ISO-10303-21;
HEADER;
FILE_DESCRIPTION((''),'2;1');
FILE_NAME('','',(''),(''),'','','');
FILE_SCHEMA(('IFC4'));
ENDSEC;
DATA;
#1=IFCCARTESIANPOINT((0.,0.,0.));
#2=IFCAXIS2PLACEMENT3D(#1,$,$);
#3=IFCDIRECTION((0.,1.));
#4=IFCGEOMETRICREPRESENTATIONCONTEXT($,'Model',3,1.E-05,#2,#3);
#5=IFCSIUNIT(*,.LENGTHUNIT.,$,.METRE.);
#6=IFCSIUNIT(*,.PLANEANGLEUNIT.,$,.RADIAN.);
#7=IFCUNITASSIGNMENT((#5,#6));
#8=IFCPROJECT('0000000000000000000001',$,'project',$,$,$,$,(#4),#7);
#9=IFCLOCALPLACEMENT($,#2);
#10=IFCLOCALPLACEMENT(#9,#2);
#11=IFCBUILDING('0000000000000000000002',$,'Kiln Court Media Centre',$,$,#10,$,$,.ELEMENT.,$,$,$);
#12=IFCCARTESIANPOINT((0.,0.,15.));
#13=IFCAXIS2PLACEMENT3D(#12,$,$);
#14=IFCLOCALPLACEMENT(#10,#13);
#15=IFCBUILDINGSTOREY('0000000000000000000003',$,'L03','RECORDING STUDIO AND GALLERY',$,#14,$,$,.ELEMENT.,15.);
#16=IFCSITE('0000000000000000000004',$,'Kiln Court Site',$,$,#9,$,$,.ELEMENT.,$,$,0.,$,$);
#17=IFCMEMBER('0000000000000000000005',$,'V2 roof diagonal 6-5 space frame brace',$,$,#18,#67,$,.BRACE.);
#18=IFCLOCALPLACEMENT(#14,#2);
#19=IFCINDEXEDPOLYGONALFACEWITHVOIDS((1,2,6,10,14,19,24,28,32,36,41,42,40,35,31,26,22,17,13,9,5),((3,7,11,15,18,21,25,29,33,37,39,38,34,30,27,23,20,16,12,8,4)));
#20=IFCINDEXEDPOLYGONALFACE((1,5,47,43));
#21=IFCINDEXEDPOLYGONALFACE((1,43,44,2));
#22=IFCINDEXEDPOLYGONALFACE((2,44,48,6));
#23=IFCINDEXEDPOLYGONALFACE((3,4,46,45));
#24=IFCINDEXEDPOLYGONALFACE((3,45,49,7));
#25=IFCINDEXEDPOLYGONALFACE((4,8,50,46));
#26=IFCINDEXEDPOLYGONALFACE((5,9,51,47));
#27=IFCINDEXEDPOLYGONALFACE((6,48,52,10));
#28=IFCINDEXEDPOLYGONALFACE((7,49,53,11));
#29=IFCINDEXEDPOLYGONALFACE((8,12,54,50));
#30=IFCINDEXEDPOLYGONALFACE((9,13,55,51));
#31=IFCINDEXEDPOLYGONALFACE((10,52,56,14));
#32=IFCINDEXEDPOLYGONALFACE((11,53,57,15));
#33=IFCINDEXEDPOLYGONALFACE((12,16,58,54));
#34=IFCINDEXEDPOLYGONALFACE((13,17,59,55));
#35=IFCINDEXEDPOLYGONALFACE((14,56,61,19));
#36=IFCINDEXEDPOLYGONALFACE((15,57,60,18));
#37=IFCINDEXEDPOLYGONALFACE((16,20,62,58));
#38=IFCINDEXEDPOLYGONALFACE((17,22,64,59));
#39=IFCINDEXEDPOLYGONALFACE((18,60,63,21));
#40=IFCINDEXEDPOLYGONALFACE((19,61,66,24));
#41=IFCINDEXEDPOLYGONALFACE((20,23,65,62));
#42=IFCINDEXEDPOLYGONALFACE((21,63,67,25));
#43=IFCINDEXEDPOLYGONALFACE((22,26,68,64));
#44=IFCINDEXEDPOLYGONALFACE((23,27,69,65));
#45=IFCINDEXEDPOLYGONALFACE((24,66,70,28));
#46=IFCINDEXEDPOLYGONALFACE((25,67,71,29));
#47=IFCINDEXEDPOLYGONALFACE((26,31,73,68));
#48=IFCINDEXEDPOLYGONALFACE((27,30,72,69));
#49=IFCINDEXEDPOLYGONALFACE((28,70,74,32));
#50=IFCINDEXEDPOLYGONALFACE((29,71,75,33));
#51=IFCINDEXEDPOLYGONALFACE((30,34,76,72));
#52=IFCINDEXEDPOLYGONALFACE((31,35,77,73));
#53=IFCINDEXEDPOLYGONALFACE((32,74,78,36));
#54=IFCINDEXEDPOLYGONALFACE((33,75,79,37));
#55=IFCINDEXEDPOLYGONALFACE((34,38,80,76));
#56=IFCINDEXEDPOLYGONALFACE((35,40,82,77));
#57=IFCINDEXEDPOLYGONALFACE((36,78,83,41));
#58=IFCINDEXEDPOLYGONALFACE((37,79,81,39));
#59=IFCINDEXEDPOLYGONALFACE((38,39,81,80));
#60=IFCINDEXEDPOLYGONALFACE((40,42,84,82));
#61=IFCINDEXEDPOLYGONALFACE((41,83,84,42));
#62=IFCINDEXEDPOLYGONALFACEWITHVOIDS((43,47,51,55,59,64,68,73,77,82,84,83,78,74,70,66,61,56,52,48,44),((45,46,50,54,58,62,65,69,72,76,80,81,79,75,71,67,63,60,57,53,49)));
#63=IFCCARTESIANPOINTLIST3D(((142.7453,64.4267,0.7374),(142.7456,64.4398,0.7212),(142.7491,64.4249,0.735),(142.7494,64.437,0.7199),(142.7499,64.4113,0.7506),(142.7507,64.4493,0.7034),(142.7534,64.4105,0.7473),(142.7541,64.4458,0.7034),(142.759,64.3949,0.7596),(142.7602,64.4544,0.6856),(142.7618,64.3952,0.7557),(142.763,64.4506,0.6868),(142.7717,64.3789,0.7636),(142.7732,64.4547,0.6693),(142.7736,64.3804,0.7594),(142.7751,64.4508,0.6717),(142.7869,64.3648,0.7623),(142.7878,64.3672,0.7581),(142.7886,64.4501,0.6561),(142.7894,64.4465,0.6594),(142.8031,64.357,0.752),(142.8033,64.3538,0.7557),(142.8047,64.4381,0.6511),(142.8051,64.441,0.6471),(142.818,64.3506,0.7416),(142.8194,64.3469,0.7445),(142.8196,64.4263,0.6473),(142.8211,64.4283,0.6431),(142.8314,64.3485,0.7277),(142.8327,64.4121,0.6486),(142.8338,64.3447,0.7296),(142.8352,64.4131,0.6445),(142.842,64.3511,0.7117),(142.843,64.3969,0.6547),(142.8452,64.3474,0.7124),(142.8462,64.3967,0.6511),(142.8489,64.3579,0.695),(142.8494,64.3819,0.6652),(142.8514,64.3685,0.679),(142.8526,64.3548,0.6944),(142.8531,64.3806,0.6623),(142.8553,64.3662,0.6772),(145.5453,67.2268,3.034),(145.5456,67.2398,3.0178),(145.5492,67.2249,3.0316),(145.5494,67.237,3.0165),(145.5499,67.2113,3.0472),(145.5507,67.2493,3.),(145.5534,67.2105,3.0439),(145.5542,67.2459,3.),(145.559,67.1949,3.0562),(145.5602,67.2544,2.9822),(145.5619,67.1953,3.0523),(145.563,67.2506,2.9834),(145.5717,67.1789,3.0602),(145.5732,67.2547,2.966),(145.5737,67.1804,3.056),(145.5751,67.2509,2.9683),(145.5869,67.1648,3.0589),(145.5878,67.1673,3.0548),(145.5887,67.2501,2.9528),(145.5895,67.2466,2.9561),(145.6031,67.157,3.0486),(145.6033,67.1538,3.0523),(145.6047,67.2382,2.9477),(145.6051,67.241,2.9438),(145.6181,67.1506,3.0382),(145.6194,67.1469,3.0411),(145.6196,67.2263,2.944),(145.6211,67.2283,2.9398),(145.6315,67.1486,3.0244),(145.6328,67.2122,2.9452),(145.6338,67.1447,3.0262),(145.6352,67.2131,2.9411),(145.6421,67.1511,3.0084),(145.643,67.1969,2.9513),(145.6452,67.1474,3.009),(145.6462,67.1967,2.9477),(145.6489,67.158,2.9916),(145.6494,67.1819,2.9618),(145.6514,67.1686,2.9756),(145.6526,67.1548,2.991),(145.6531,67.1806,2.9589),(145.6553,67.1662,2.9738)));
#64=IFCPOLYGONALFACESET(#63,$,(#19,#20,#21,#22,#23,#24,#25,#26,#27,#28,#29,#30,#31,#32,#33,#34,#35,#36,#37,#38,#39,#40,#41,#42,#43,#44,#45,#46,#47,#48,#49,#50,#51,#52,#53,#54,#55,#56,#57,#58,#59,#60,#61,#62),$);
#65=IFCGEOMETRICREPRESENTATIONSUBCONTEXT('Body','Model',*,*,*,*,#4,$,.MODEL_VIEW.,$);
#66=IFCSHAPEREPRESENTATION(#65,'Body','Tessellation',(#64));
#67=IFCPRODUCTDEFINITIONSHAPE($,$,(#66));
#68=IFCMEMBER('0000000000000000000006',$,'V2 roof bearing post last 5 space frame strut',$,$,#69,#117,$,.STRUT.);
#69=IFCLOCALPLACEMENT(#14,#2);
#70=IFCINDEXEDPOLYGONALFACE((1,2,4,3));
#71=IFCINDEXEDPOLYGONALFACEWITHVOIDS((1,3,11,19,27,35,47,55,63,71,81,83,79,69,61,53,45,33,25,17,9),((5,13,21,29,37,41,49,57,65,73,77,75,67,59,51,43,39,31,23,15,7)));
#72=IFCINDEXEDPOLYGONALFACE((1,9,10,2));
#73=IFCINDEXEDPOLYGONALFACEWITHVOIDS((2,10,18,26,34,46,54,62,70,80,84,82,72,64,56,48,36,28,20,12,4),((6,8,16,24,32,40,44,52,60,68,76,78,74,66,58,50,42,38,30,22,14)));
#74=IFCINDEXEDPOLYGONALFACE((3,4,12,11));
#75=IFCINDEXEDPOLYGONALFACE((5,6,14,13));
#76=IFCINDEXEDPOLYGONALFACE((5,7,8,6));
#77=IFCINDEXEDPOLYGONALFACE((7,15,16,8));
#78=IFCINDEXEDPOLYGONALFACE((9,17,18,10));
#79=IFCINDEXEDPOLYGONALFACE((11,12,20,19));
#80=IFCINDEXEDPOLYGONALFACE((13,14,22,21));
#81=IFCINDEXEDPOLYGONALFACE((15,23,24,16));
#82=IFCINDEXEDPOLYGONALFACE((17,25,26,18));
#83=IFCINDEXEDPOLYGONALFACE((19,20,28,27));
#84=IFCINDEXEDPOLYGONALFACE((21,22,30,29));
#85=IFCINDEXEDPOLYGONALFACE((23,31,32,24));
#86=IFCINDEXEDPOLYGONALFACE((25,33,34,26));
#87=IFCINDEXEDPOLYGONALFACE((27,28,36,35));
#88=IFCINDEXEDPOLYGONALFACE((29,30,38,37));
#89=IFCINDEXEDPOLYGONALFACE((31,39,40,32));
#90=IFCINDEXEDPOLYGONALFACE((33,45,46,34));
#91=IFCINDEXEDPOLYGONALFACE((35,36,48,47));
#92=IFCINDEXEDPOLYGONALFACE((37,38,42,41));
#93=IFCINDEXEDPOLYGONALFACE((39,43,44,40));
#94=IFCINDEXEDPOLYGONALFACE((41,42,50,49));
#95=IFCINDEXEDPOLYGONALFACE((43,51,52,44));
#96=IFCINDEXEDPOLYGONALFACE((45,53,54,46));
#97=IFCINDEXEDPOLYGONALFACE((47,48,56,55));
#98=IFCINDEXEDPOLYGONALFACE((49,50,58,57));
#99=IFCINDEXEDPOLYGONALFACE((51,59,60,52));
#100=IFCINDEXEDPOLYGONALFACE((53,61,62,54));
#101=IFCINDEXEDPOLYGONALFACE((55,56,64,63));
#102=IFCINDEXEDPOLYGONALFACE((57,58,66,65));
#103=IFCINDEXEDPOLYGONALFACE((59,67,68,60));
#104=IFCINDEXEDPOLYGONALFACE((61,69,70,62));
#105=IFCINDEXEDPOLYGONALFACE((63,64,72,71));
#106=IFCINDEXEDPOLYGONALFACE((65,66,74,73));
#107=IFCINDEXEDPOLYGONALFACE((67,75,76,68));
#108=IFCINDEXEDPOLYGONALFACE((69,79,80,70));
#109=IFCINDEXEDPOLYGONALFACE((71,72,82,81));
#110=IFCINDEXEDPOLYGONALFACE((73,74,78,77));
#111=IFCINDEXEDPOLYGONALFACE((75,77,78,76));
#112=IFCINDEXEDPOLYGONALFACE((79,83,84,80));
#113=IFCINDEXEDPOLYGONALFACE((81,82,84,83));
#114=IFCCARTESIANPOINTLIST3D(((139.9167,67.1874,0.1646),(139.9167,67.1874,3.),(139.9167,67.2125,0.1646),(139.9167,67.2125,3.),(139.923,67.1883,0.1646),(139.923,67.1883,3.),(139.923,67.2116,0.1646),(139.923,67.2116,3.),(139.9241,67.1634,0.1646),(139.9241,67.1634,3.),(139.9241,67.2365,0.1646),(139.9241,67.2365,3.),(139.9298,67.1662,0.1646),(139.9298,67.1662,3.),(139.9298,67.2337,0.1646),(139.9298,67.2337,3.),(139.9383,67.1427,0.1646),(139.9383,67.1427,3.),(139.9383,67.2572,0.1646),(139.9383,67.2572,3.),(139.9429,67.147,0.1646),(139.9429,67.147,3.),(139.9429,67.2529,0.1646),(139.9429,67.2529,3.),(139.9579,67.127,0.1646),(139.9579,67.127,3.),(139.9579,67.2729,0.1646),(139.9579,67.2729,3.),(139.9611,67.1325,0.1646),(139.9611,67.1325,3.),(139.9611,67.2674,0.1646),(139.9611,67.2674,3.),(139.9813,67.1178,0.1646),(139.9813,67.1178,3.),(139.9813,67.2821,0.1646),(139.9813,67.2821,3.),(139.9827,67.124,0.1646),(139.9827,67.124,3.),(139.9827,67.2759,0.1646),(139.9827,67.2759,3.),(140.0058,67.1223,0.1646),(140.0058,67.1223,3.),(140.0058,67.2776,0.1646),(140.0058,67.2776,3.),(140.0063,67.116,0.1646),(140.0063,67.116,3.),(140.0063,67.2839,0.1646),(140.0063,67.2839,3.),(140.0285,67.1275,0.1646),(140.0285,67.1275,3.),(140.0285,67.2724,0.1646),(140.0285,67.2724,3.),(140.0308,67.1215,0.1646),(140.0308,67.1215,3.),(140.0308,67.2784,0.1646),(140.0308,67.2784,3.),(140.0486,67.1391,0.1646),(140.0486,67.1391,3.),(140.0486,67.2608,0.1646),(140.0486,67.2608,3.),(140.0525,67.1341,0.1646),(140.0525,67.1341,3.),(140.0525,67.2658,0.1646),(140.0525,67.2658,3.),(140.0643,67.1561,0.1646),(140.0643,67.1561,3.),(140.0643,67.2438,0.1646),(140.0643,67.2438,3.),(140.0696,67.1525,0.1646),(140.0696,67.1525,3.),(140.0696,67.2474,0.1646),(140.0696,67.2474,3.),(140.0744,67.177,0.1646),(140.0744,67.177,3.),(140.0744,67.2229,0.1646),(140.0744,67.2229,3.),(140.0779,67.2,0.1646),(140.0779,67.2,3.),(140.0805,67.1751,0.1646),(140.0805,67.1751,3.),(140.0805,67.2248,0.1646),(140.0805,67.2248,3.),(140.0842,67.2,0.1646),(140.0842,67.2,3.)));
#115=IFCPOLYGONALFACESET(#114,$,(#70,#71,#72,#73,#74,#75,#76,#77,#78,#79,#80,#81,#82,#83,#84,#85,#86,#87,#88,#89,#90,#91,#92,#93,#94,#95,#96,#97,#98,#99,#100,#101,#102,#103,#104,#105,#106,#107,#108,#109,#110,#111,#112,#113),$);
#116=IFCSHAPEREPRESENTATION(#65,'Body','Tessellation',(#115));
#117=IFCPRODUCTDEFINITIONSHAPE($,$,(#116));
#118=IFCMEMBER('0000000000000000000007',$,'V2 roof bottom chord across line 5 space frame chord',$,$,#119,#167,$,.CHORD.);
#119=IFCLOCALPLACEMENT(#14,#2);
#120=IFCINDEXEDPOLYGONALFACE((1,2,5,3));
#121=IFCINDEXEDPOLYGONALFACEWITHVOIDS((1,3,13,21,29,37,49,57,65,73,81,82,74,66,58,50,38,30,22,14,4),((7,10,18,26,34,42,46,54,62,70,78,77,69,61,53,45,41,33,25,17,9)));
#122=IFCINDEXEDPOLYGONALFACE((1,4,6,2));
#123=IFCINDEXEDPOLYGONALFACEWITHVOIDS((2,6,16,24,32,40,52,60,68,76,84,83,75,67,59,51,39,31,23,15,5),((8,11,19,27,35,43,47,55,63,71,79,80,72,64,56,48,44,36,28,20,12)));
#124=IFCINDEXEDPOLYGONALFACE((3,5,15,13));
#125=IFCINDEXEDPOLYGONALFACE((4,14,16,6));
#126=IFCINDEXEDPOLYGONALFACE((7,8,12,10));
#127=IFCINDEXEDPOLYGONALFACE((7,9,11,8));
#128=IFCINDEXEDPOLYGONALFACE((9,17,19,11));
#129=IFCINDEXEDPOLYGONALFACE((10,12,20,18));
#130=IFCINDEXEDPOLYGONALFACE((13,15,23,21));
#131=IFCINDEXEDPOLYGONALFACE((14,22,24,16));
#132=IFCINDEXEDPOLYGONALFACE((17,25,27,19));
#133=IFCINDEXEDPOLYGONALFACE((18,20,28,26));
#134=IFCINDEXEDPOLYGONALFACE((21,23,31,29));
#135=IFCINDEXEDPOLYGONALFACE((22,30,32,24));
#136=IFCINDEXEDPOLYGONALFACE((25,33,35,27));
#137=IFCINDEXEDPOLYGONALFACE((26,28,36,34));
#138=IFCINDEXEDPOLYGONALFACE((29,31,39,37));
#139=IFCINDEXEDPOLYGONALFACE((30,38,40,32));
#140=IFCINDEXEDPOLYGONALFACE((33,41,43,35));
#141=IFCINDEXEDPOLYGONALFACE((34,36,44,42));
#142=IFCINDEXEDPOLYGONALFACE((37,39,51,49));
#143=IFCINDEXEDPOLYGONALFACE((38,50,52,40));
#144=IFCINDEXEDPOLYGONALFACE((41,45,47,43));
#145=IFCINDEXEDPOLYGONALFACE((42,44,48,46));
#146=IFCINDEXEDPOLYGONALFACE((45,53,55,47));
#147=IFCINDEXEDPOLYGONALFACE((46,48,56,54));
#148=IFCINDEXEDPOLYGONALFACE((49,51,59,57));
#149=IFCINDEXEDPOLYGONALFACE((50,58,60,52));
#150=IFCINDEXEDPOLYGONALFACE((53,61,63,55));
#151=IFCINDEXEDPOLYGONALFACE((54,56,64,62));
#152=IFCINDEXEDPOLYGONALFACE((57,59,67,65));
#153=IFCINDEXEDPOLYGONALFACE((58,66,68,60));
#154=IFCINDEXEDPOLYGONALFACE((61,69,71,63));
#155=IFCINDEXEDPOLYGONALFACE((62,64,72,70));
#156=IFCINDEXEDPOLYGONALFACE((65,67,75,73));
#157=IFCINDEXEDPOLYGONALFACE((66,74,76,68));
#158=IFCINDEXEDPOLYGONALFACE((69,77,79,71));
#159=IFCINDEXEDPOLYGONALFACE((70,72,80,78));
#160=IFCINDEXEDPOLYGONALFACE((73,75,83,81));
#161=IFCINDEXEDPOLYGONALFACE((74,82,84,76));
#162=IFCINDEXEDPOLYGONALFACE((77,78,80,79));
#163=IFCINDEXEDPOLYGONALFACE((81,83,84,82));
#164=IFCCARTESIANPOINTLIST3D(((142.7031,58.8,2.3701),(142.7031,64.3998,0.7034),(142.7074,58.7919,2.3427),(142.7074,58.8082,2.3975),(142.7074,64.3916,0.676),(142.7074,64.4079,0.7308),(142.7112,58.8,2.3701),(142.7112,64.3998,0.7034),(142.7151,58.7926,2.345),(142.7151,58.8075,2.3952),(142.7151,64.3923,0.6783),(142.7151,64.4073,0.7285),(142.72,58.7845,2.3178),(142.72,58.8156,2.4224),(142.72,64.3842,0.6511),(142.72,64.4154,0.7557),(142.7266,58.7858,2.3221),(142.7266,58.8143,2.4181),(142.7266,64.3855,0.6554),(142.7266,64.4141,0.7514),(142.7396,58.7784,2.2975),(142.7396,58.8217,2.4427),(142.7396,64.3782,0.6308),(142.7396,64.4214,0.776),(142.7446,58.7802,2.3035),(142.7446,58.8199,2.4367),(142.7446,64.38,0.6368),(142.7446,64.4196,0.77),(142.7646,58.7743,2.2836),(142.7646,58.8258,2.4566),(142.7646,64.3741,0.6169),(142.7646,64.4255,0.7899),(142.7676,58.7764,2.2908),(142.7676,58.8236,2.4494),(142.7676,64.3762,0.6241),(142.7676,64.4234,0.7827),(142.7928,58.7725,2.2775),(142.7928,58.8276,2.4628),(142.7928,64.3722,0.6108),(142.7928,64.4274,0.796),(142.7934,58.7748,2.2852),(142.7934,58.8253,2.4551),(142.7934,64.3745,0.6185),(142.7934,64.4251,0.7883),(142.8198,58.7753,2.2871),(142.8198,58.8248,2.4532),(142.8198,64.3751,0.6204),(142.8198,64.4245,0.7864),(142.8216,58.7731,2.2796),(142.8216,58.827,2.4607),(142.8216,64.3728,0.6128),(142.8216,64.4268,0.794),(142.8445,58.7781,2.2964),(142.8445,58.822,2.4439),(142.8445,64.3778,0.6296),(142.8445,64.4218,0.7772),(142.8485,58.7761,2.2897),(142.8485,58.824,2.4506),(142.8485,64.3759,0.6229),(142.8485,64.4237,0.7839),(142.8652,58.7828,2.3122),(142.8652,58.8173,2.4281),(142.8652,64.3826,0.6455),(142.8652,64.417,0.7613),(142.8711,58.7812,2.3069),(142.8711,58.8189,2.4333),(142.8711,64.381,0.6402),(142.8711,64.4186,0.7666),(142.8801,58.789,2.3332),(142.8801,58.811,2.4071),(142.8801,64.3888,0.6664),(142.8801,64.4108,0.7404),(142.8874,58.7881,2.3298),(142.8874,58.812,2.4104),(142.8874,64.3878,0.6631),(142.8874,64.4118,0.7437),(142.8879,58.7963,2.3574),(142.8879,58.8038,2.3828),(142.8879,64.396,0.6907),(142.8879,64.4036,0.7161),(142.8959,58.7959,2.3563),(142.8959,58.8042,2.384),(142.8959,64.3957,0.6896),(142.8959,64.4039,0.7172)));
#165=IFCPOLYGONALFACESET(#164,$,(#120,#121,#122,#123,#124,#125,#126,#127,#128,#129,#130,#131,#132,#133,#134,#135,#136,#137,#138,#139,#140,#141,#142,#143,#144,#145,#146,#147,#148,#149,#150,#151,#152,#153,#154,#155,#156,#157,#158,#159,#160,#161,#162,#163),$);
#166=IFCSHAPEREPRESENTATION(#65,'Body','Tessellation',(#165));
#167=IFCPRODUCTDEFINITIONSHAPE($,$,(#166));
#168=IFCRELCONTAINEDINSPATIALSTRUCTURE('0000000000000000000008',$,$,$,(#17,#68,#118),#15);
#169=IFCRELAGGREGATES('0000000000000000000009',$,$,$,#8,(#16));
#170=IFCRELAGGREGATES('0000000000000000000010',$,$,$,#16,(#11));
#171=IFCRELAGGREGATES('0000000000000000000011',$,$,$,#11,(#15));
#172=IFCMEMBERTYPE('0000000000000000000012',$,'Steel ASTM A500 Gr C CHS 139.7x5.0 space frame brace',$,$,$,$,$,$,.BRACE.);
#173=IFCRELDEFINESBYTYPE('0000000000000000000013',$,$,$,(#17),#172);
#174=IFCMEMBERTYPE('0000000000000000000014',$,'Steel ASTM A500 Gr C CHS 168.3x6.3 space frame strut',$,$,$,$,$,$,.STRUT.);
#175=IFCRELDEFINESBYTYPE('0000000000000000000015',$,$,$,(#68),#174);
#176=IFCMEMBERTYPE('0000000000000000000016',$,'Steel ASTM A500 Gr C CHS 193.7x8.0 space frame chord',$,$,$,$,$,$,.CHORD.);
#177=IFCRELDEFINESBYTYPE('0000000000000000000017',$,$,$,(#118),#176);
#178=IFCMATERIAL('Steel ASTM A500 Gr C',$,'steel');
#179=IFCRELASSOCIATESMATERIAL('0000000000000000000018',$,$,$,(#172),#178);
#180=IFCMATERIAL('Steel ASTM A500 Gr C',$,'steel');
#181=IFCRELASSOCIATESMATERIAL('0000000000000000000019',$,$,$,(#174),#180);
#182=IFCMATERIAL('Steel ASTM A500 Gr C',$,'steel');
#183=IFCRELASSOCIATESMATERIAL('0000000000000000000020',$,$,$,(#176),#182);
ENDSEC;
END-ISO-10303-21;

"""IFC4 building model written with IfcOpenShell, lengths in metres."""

from ifc_helpers import new_model, si_unit, direction, frame, origin, origin_2d, place, context, subcontext, project, spatial, hollow_circle, extrude, material, material_profile, profile_set, type_object, element, save


model = new_model("IFC4")

# Units and contexts
model_context = context("Model", 3, precision=1e-05, world=origin(), true_north=direction((0.0, 1.0)))
body_context = subcontext(model_context, "Body", "Model", "MODEL_VIEW")
ifc_project = project(units=[si_unit("LENGTHUNIT", "METRE"), si_unit("PLANEANGLEUNIT", "RADIAN")], contexts=[model_context])

# Site, building, storey
site_placement = place(None, origin())
site = spatial("IfcSite", under=ifc_project, at=site_placement, Name="Kiln Court Site", CompositionType="ELEMENT", RefElevation=0.0)
building_placement = place(site_placement, origin())
building = spatial("IfcBuilding", under=site, at=building_placement, Name="Kiln Court Media Centre", CompositionType="ELEMENT")
storey_placement = place(building_placement, frame((0.0, 0.0, 15.0)))
storey = spatial("IfcBuildingStorey", under=building, at=storey_placement, Name="L03", Description="RECORDING STUDIO AND GALLERY", CompositionType="ELEMENT", Elevation=15.0)

# Members
ifc_material_1 = material(Name="Steel ASTM A500 Gr C", Category="steel")
ifc_material_profile_1 = material_profile(ifc_material_1, hollow_circle(Radius=0.0698, WallThickness=0.0049, at=origin_2d()), Name="CHS 139.7x5.0")
ifc_profile_set_1 = profile_set([ifc_material_profile_1], Name="Steel ASTM A500 Gr C")
member_type_1 = type_object("IfcMemberType", Name="Steel ASTM A500 Gr C CHS 139.7x5.0 space frame brace", PredefinedType="BRACE", material=ifc_profile_set_1)
member_1_placement = place(storey_placement, frame((142.8, 64.3999, 0.7034), z_axis=(0.611676, 0.611676, 0.501703), x_axis=(-0.707107, 0.707107, 0.0)))
element("IfcMember", 1, at=member_1_placement, inside=storey, type_object=member_type_1, Name="V2 roof diagonal 6-5 space frame brace", PredefinedType="BRACE", context=body_context, shape_type="SweptSolid", body=[
    extrude(hollow_circle(Radius=0.0698, WallThickness=0.0049, at=origin_2d()), origin(), (0.0, 0.0, 1.0), 4.5776),
])
ifc_material_2 = material(Name="Steel ASTM A500 Gr C", Category="steel")
ifc_material_profile_2 = material_profile(ifc_material_2, hollow_circle(Radius=0.0842, WallThickness=0.0063, at=origin_2d()), Name="CHS 168.3x6.3")
ifc_profile_set_2 = profile_set([ifc_material_profile_2], Name="Steel ASTM A500 Gr C")
member_type_2 = type_object("IfcMemberType", Name="Steel ASTM A500 Gr C CHS 168.3x6.3 space frame strut", PredefinedType="STRUT", material=ifc_profile_set_2)
member_2_placement = place(storey_placement, frame((140.0, 67.2, 0.1646), z_axis=(0.0, 0.0, 1.0), x_axis=(1.0, 0.0, 0.0)))
element("IfcMember", 2, at=member_2_placement, inside=storey, type_object=member_type_2, Name="V2 roof bearing post last 5 space frame strut", PredefinedType="STRUT", context=body_context, shape_type="SweptSolid", body=[
    extrude(hollow_circle(Radius=0.0842, WallThickness=0.0063, at=origin_2d()), origin(), (0.0, 0.0, 1.0), 2.8354),
])
ifc_material_3 = material(Name="Steel ASTM A500 Gr C", Category="steel")
ifc_material_profile_3 = material_profile(ifc_material_3, hollow_circle(Radius=0.0969, WallThickness=0.0081, at=origin_2d()), Name="CHS 193.7x8.0")
ifc_profile_set_3 = profile_set([ifc_material_profile_3], Name="Steel ASTM A500 Gr C")
member_type_3 = type_object("IfcMemberType", Name="Steel ASTM A500 Gr C CHS 193.7x8.0 space frame chord", PredefinedType="CHORD", material=ifc_profile_set_3)
member_3_placement = place(storey_placement, frame((142.8, 58.8, 2.3701), z_axis=(0.0, 0.958446, -0.285273), x_axis=(-1.0, 0.0, 0.0)))
element("IfcMember", 3, at=member_3_placement, inside=storey, type_object=member_type_3, Name="V2 roof bottom chord across line 5 space frame chord", PredefinedType="CHORD", context=body_context, shape_type="SweptSolid", body=[
    extrude(hollow_circle(Radius=0.0969, WallThickness=0.0081, at=origin_2d()), origin(), (0.0, 0.0, 1.0), 5.8425),
])

save(model, "model.ifc")
